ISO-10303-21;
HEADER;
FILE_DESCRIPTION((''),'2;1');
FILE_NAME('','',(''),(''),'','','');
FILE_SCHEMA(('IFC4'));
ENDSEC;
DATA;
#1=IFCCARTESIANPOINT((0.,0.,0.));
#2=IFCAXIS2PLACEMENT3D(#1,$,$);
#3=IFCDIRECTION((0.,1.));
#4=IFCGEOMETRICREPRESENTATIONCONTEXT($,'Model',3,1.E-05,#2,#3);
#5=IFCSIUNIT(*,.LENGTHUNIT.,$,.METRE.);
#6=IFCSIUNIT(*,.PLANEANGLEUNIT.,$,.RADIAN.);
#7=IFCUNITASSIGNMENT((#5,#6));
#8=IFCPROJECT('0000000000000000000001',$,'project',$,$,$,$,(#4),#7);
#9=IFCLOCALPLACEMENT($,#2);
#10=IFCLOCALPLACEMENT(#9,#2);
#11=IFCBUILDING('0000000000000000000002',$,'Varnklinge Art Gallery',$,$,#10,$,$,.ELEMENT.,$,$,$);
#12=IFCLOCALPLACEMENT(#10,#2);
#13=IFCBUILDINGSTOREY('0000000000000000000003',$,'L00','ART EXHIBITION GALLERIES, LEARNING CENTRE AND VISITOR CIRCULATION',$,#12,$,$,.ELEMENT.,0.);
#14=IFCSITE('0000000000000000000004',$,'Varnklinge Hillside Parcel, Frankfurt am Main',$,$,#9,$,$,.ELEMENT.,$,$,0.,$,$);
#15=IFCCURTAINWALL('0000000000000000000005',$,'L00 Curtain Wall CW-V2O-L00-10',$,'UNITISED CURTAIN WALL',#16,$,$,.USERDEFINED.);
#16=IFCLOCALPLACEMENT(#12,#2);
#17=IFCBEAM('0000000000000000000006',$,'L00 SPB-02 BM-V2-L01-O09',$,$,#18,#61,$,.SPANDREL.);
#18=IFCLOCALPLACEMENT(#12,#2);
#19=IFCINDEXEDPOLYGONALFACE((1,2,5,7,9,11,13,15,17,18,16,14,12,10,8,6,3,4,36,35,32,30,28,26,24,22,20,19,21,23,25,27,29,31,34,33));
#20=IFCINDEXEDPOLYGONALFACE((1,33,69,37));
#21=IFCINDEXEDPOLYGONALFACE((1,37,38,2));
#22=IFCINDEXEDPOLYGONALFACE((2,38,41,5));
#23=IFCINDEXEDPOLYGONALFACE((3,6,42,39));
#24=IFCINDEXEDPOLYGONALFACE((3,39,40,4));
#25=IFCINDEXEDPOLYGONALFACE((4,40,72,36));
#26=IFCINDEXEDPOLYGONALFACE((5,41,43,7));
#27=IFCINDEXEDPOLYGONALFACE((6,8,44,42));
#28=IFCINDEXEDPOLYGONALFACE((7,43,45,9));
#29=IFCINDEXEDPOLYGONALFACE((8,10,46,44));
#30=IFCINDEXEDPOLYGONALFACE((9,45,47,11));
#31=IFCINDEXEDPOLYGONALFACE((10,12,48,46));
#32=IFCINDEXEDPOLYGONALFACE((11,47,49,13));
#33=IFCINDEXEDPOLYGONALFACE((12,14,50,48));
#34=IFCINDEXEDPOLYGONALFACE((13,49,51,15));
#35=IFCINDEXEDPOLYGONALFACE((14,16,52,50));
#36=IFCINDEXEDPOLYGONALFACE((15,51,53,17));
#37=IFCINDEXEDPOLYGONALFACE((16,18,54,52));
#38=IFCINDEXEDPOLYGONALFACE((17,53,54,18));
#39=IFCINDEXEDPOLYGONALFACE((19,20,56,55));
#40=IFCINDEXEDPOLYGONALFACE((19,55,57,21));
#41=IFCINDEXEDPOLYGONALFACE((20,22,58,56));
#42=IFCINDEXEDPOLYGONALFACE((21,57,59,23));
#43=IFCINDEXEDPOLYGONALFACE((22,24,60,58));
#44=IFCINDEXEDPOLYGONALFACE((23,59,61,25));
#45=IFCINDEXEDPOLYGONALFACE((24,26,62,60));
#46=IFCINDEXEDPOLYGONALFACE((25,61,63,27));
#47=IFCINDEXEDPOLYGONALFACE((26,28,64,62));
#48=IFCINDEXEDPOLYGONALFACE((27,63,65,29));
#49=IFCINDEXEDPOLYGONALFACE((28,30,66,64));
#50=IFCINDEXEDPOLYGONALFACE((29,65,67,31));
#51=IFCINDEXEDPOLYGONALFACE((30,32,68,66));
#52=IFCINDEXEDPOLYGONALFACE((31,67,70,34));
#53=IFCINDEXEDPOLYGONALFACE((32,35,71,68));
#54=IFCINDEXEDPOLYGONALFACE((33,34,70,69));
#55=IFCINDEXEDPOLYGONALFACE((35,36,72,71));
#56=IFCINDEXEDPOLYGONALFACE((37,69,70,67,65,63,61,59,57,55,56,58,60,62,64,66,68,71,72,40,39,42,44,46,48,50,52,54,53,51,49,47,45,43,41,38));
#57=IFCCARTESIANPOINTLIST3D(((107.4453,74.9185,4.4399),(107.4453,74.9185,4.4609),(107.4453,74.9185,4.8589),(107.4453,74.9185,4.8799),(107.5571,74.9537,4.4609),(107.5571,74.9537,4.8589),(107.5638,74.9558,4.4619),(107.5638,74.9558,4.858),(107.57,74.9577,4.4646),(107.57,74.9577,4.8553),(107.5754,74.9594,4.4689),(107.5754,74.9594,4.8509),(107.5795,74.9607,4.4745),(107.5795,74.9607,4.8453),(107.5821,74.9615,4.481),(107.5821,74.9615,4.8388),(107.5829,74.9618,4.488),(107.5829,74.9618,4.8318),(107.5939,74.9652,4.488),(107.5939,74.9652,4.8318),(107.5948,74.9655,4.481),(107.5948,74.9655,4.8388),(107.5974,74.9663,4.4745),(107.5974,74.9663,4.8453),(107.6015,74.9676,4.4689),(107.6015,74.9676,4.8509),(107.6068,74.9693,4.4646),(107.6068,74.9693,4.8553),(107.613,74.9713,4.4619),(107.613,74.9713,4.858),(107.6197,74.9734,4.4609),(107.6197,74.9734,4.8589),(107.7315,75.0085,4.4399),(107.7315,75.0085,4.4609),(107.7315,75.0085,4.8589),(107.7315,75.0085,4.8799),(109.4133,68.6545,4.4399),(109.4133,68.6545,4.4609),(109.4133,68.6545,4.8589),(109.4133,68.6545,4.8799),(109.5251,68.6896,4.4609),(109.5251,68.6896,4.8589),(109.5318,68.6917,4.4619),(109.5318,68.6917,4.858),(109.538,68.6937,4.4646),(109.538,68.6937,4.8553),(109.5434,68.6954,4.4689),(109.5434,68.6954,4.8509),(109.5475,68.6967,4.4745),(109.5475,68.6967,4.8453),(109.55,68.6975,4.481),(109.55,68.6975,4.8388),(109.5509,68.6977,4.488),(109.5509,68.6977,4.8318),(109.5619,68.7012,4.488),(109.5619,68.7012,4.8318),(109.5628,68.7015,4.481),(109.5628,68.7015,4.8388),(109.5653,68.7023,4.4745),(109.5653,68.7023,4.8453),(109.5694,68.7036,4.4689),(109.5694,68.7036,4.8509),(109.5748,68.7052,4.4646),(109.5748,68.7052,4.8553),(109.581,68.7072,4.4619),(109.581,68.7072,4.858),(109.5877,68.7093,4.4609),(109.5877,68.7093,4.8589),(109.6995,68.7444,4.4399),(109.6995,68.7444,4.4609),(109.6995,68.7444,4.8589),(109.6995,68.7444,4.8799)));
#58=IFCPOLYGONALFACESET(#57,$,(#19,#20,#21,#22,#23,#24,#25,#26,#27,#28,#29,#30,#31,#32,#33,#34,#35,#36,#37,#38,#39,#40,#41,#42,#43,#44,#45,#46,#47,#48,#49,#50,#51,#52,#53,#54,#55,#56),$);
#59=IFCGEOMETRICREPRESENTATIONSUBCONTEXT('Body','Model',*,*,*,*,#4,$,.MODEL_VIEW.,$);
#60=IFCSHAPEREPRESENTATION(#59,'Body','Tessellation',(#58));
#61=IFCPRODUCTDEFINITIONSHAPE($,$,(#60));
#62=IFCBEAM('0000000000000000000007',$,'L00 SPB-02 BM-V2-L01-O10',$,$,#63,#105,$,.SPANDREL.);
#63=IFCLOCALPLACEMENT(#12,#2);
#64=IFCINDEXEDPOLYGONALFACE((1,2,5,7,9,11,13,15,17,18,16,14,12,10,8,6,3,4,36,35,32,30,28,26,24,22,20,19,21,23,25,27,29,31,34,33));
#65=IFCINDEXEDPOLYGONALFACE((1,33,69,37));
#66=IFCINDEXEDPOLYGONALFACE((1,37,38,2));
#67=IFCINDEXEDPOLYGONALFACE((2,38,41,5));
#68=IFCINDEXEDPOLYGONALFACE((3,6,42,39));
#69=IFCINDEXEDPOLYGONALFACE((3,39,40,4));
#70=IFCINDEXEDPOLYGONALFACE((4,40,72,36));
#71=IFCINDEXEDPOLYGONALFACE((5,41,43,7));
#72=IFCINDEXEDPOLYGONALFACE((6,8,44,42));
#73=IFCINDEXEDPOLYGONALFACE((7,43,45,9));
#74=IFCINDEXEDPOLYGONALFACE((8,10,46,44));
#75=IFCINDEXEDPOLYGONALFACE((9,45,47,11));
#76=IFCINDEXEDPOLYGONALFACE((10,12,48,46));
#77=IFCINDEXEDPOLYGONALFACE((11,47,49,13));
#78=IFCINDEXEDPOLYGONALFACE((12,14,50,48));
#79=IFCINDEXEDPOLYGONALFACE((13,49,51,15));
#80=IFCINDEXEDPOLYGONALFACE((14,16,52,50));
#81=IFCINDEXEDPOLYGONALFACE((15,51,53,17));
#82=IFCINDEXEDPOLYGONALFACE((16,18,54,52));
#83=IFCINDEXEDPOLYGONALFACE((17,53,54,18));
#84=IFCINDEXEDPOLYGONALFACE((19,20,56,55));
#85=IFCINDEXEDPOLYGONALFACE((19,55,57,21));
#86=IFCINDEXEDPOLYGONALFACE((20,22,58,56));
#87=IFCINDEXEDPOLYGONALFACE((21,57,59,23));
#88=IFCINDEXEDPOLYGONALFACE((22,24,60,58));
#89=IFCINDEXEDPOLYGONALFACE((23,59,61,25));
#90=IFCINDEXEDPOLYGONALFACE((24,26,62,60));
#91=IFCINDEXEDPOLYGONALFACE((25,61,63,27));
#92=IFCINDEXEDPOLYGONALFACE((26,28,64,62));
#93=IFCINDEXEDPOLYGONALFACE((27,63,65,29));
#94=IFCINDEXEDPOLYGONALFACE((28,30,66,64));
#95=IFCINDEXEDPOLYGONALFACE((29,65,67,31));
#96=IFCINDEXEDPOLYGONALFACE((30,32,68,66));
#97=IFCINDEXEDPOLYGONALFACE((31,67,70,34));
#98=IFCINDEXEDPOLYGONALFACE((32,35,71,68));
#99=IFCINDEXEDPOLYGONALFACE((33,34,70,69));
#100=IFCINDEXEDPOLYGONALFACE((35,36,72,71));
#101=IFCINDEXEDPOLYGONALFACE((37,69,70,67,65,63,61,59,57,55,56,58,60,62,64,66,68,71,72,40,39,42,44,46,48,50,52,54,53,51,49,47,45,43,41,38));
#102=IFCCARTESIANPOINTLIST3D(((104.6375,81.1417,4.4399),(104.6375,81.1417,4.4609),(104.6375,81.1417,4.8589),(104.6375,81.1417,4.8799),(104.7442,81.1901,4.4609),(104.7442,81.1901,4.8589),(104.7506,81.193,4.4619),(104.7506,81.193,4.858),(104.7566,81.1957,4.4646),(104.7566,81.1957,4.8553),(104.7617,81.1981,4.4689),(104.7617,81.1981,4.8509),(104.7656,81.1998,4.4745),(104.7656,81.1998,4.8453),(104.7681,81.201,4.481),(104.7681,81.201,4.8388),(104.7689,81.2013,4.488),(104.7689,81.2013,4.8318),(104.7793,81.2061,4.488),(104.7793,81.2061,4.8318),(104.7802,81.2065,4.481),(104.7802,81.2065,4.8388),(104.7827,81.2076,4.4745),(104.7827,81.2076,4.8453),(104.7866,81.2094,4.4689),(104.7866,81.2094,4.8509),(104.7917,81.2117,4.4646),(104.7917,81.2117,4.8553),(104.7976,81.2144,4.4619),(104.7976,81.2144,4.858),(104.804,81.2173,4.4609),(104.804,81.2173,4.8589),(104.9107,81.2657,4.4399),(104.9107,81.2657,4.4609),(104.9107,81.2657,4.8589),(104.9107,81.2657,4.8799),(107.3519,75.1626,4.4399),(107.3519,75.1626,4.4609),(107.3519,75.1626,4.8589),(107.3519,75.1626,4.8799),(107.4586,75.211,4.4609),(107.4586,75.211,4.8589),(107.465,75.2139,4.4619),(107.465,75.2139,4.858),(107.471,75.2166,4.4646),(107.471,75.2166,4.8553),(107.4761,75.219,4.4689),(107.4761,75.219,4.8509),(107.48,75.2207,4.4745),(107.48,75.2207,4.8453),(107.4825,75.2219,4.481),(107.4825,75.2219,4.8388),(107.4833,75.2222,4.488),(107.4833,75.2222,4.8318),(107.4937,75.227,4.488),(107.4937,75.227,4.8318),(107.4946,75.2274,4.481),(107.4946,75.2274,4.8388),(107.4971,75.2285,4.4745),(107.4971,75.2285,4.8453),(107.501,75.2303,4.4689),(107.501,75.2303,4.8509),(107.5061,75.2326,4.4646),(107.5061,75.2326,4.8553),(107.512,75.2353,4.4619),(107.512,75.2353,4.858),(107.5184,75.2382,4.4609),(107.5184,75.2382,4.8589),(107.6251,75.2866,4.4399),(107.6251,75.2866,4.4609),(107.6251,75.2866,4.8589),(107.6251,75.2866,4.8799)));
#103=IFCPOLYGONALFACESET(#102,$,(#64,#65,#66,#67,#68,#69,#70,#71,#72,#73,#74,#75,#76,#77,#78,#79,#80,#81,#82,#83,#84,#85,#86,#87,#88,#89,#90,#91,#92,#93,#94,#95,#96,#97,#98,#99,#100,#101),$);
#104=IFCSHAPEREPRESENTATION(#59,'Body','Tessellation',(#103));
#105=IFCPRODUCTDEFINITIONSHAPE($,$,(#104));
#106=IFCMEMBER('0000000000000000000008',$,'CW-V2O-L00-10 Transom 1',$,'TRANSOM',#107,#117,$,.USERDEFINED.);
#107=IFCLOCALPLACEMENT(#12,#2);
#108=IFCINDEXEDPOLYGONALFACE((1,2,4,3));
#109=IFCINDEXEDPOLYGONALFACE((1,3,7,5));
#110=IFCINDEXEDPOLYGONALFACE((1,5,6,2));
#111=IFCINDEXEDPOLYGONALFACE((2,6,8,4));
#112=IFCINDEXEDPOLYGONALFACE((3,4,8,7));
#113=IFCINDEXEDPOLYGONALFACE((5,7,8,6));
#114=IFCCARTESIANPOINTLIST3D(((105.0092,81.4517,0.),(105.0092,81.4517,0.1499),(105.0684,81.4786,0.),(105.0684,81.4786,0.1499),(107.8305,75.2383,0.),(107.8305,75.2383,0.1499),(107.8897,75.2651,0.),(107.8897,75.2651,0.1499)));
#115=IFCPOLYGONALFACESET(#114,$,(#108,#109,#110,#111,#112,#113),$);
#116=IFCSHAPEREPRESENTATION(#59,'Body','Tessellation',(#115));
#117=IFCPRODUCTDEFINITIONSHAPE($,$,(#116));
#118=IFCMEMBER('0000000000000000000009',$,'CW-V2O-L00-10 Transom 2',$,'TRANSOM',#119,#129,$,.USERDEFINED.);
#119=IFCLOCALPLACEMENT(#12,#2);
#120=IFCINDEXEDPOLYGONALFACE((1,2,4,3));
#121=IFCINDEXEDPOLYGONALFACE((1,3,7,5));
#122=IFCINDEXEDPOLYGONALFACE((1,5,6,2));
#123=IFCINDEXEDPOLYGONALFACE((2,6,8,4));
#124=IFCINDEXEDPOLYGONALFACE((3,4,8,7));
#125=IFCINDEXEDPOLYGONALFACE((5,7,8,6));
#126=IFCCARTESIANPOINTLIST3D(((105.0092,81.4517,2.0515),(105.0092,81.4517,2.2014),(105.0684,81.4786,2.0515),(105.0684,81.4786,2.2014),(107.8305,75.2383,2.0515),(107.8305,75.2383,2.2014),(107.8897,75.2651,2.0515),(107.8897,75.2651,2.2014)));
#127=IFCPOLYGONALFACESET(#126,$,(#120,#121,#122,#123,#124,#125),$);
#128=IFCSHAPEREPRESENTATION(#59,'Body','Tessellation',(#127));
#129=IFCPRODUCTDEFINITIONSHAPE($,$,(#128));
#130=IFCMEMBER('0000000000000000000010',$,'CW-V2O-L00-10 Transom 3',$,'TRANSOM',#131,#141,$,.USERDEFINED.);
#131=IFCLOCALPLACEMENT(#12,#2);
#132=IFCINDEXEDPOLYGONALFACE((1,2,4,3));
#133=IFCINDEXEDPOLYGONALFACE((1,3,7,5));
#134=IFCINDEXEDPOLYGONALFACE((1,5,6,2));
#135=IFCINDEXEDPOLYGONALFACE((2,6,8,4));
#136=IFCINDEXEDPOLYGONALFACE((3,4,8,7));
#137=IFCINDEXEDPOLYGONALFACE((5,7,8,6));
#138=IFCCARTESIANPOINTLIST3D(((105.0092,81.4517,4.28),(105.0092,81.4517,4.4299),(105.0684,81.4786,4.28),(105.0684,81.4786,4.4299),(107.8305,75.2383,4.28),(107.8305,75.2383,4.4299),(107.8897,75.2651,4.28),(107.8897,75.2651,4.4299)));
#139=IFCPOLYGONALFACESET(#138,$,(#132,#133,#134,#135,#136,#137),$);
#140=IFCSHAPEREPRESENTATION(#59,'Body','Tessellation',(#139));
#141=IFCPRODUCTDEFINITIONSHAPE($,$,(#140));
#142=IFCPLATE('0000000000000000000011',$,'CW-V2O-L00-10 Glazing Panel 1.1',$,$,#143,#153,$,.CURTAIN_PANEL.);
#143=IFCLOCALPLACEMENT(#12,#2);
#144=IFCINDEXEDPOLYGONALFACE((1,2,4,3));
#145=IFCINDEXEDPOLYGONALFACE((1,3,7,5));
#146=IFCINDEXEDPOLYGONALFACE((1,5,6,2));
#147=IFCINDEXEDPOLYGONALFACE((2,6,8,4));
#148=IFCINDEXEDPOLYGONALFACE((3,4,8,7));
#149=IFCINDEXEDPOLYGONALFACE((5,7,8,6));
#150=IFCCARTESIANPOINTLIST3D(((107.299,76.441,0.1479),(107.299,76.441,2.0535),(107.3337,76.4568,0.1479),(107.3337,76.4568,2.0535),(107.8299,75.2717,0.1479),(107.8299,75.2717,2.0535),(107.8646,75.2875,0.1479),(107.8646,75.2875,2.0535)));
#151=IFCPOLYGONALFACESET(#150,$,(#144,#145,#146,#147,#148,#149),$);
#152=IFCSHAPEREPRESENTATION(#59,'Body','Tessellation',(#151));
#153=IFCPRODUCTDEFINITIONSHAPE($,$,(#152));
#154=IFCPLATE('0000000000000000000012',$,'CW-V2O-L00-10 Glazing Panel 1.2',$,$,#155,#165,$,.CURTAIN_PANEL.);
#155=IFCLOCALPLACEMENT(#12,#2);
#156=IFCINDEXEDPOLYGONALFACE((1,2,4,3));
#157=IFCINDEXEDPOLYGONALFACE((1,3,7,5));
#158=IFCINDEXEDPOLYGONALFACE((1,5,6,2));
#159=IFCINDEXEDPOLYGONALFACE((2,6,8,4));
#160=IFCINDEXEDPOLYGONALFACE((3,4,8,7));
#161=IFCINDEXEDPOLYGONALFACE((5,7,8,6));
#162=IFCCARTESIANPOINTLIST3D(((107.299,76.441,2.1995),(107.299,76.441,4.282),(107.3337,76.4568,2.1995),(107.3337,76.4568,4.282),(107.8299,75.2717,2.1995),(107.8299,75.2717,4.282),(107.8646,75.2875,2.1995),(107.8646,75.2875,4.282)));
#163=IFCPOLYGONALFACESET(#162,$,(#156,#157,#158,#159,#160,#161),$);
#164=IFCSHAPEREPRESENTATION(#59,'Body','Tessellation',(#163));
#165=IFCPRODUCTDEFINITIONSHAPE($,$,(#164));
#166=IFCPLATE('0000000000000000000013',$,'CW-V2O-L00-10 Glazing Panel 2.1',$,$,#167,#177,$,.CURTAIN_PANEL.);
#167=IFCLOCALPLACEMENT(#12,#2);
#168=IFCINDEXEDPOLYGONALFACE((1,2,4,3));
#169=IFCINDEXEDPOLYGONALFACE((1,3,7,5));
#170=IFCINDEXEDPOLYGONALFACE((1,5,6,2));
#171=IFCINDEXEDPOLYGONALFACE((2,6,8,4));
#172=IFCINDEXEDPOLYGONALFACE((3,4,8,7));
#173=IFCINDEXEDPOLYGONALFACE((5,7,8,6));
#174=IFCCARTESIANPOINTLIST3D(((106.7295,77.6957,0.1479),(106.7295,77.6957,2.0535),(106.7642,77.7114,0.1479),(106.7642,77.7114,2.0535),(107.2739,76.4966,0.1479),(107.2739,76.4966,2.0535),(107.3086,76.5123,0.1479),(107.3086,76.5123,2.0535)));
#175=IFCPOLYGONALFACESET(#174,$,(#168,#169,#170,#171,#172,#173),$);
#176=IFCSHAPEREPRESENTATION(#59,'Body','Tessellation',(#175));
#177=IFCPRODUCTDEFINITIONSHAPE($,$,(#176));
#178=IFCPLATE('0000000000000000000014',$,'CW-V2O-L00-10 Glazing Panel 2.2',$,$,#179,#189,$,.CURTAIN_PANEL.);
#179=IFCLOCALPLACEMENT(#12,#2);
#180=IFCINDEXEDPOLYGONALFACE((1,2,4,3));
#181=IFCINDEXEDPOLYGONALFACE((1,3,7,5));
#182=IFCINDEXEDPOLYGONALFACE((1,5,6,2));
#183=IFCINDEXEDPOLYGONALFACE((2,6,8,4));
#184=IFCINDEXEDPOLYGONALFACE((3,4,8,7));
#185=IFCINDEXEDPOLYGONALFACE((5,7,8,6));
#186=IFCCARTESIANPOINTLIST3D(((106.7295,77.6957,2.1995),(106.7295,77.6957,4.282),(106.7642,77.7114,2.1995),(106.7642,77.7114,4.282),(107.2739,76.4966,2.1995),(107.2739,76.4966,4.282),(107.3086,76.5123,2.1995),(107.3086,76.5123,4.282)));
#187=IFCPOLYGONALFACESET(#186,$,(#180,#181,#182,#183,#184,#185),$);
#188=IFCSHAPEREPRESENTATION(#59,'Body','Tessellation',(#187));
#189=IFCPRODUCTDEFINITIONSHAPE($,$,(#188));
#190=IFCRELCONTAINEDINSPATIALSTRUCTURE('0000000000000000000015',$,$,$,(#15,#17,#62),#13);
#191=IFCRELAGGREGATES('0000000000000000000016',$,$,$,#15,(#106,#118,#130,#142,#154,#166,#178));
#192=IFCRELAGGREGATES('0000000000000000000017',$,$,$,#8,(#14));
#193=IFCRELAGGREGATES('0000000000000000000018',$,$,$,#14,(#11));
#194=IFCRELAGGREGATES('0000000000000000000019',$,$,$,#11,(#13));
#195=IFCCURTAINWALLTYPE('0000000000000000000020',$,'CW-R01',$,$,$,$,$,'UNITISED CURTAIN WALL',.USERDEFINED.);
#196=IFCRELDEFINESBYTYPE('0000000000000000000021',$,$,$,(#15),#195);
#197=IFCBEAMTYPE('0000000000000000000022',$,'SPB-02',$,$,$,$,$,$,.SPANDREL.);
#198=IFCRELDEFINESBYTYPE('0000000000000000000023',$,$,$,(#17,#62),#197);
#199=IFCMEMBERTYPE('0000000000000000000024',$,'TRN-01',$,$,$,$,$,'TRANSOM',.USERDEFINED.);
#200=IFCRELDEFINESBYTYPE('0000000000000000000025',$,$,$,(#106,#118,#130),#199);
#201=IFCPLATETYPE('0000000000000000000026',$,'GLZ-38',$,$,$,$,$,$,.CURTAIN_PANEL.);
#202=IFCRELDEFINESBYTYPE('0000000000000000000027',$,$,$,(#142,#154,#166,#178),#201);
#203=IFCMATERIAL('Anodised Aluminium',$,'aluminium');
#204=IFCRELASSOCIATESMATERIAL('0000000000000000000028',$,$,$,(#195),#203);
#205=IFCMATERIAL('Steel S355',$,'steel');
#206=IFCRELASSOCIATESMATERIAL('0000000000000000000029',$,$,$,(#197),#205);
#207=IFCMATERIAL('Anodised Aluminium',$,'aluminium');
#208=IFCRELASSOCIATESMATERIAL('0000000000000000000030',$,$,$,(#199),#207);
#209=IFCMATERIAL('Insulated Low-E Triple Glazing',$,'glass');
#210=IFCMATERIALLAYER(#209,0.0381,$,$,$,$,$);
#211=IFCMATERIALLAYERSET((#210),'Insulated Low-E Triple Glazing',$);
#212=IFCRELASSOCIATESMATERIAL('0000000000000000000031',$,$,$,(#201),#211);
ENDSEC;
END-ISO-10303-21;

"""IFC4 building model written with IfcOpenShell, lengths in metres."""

from ifc_helpers import new_model, si_unit, direction, frame, origin, origin_2d, place, context, subcontext, project, spatial, rectangle, i_section, extrude, material, layer, layer_set, material_profile, profile_set, type_object, element, aggregate, save


model = new_model("IFC4")

# Units and contexts
model_context = context("Model", 3, precision=1e-05, world=origin(), true_north=direction((0.0, 1.0)))
body_context = subcontext(model_context, "Body", "Model", "MODEL_VIEW")
ifc_project = project(units=[si_unit("LENGTHUNIT", "METRE"), si_unit("PLANEANGLEUNIT", "RADIAN")], contexts=[model_context])

# Site, building, storey
site_placement = place(None, origin())
site = spatial("IfcSite", under=ifc_project, at=site_placement, Name="Varnklinge Hillside Parcel, Frankfurt am Main", CompositionType="ELEMENT", RefElevation=0.0)
building_placement = place(site_placement, origin())
building = spatial("IfcBuilding", under=site, at=building_placement, Name="Varnklinge Art Gallery", CompositionType="ELEMENT")
storey_placement = place(building_placement, origin())
storey = spatial("IfcBuildingStorey", under=building, at=storey_placement, Name="L00", Description="ART EXHIBITION GALLERIES, LEARNING CENTRE AND VISITOR CIRCULATION", CompositionType="ELEMENT", Elevation=0.0)

# Curtain wall
ifc_material_1 = material(Name="Anodised Aluminium", Category="aluminium")
curtain_wall_type = type_object("IfcCurtainWallType", Name="CW-R01", ElementType="UNITISED CURTAIN WALL", PredefinedType="USERDEFINED", material=ifc_material_1)
curtain_wall_placement = place(storey_placement, origin())
curtain_wall = element("IfcCurtainWall", 1, at=curtain_wall_placement, inside=storey, type_object=curtain_wall_type, Name="L00 Curtain Wall CW-V2O-L00-10", ObjectType="UNITISED CURTAIN WALL", PredefinedType="USERDEFINED")

# Beams
ifc_material_2 = material(Name="Steel S355", Category="steel")
ifc_material_profile_1 = material_profile(ifc_material_2, i_section(OverallWidth=0.3, OverallDepth=0.4399, WebThickness=0.0115, FlangeThickness=0.021, FilletRadius=0.0271, at=origin_2d()), Name="HEA 450")
ifc_profile_set_1 = profile_set([ifc_material_profile_1], Name="Steel S355")
beam_type_1 = type_object("IfcBeamType", Name="SPB-02", PredefinedType="SPANDREL", material=ifc_profile_set_1)
beam_1_placement = place(storey_placement, frame((109.5564, 68.6995, 4.6599), z_axis=(-0.299727, 0.954025, 0.0), x_axis=(-0.954025, -0.299727, 0.0)))
element("IfcBeam", 2, at=beam_1_placement, inside=storey, type_object=beam_type_1, Name="L00 SPB-02 BM-V2-L01-O09", PredefinedType="SPANDREL", context=body_context, shape_type="SweptSolid", body=[
    extrude(i_section(OverallWidth=0.3, OverallDepth=0.4399, WebThickness=0.0115, FlangeThickness=0.021, FilletRadius=0.0271, at=origin_2d()), origin(), (0.0, 0.0, 1.0), 6.5659),
])
beam_2_placement = place(storey_placement, frame((107.4885, 75.2246, 4.6599), z_axis=(-0.413377, 0.91056, 0.0), x_axis=(-0.91056, -0.413377, 0.0)))
element("IfcBeam", 3, at=beam_2_placement, inside=storey, type_object=beam_type_1, Name="L00 SPB-02 BM-V2-L01-O10", PredefinedType="SPANDREL", context=body_context, shape_type="SweptSolid", body=[
    extrude(i_section(OverallWidth=0.3, OverallDepth=0.4399, WebThickness=0.0115, FlangeThickness=0.021, FilletRadius=0.0271, at=origin_2d()), origin(), (0.0, 0.0, 1.0), 6.5664),
])

# Members
ifc_material_3 = material(Name="Anodised Aluminium", Category="aluminium")
ifc_material_profile_2 = material_profile(ifc_material_3, rectangle(XDim=0.0649, YDim=0.1499, at=origin_2d()), Name="ALU 65x150")
ifc_profile_set_2 = profile_set([ifc_material_profile_2], Name="Anodised Aluminium")
member_type_1 = type_object("IfcMemberType", Name="TRN-01", ElementType="TRANSOM", PredefinedType="USERDEFINED", material=ifc_profile_set_2)
member_1_placement = place(storey_placement, frame((107.8601, 75.2517, 0.075), z_axis=(-0.413442, 0.910531, 0.0), x_axis=(-0.910531, -0.413442, 0.0)))
member_1 = element("IfcMember", 4, at=member_1_placement, type_object=member_type_1, Name="CW-V2O-L00-10 Transom 1", ObjectType="TRANSOM", PredefinedType="USERDEFINED", context=body_context, shape_type="SweptSolid", body=[
    extrude(rectangle(XDim=0.0649, YDim=0.1499, at=origin_2d()), origin(), (0.0, 0.0, 1.0), 6.824),
])
member_2_placement = place(storey_placement, frame((107.8601, 75.2517, 2.1265), z_axis=(-0.413442, 0.910531, 0.0), x_axis=(-0.910531, -0.413442, 0.0)))
member_2 = element("IfcMember", 5, at=member_2_placement, type_object=member_type_1, Name="CW-V2O-L00-10 Transom 2", ObjectType="TRANSOM", PredefinedType="USERDEFINED", context=body_context, shape_type="SweptSolid", body=[
    extrude(rectangle(XDim=0.0649, YDim=0.1499, at=origin_2d()), origin(), (0.0, 0.0, 1.0), 6.824),
])
member_3_placement = place(storey_placement, frame((107.8601, 75.2517, 4.355), z_axis=(-0.413442, 0.910531, 0.0), x_axis=(-0.910531, -0.413442, 0.0)))
member_3 = element("IfcMember", 6, at=member_3_placement, type_object=member_type_1, Name="CW-V2O-L00-10 Transom 3", ObjectType="TRANSOM", PredefinedType="USERDEFINED", context=body_context, shape_type="SweptSolid", body=[
    extrude(rectangle(XDim=0.0649, YDim=0.1499, at=origin_2d()), origin(), (0.0, 0.0, 1.0), 6.824),
])

# Plates
ifc_material_4 = material(Name="Insulated Low-E Triple Glazing", Category="glass")
ifc_layer_1 = layer(ifc_material_4, 0.0381)
ifc_layer_set_1 = layer_set([ifc_layer_1], Name="Insulated Low-E Triple Glazing")
plate_type = type_object("IfcPlateType", Name="GLZ-38", PredefinedType="CURTAIN_PANEL", material=ifc_layer_set_1)
plate_1_placement = place(storey_placement, frame((107.5818, 75.8643, 0.1479), z_axis=(0.0, 0.0, 1.0), x_axis=(-0.413422, 0.910539, 0.0)))
plate_1 = element("IfcPlate", 7, at=plate_1_placement, type_object=plate_type, Name="CW-V2O-L00-10 Glazing Panel 1.1", PredefinedType="CURTAIN_PANEL", context=body_context, shape_type="SweptSolid", body=[
    extrude(rectangle(XDim=1.2842, YDim=0.0381, at=origin_2d()), origin(), (0.0, 0.0, 1.0), 1.9055),
])
plate_2_placement = place(storey_placement, frame((107.5818, 75.8643, 2.1995), z_axis=(0.0, 0.0, 1.0), x_axis=(-0.413422, 0.910539, 0.0)))
plate_2 = element("IfcPlate", 8, at=plate_2_placement, type_object=plate_type, Name="CW-V2O-L00-10 Glazing Panel 1.2", PredefinedType="CURTAIN_PANEL", context=body_context, shape_type="SweptSolid", body=[
    extrude(rectangle(XDim=1.2842, YDim=0.0381, at=origin_2d()), origin(), (0.0, 0.0, 1.0), 2.0825),
])
plate_3_placement = place(storey_placement, frame((107.019, 77.104, 0.1479), z_axis=(0.0, 0.0, 1.0), x_axis=(-0.413422, 0.910539, 0.0)))
plate_3 = element("IfcPlate", 9, at=plate_3_placement, type_object=plate_type, Name="CW-V2O-L00-10 Glazing Panel 2.1", PredefinedType="CURTAIN_PANEL", context=body_context, shape_type="SweptSolid", body=[
    extrude(rectangle(XDim=1.3169, YDim=0.0381, at=origin_2d()), origin(), (0.0, 0.0, 1.0), 1.9055),
])
plate_4_placement = place(storey_placement, frame((107.019, 77.104, 2.1995), z_axis=(0.0, 0.0, 1.0), x_axis=(-0.413422, 0.910539, 0.0)))
plate_4 = element("IfcPlate", 10, at=plate_4_placement, type_object=plate_type, Name="CW-V2O-L00-10 Glazing Panel 2.2", PredefinedType="CURTAIN_PANEL", context=body_context, shape_type="SweptSolid", body=[
    extrude(rectangle(XDim=1.3169, YDim=0.0381, at=origin_2d()), origin(), (0.0, 0.0, 1.0), 2.0825),
])
aggregate(curtain_wall, [member_1, member_2, member_3, plate_1, plate_2, plate_3, plate_4])

save(model, "model.ifc")
